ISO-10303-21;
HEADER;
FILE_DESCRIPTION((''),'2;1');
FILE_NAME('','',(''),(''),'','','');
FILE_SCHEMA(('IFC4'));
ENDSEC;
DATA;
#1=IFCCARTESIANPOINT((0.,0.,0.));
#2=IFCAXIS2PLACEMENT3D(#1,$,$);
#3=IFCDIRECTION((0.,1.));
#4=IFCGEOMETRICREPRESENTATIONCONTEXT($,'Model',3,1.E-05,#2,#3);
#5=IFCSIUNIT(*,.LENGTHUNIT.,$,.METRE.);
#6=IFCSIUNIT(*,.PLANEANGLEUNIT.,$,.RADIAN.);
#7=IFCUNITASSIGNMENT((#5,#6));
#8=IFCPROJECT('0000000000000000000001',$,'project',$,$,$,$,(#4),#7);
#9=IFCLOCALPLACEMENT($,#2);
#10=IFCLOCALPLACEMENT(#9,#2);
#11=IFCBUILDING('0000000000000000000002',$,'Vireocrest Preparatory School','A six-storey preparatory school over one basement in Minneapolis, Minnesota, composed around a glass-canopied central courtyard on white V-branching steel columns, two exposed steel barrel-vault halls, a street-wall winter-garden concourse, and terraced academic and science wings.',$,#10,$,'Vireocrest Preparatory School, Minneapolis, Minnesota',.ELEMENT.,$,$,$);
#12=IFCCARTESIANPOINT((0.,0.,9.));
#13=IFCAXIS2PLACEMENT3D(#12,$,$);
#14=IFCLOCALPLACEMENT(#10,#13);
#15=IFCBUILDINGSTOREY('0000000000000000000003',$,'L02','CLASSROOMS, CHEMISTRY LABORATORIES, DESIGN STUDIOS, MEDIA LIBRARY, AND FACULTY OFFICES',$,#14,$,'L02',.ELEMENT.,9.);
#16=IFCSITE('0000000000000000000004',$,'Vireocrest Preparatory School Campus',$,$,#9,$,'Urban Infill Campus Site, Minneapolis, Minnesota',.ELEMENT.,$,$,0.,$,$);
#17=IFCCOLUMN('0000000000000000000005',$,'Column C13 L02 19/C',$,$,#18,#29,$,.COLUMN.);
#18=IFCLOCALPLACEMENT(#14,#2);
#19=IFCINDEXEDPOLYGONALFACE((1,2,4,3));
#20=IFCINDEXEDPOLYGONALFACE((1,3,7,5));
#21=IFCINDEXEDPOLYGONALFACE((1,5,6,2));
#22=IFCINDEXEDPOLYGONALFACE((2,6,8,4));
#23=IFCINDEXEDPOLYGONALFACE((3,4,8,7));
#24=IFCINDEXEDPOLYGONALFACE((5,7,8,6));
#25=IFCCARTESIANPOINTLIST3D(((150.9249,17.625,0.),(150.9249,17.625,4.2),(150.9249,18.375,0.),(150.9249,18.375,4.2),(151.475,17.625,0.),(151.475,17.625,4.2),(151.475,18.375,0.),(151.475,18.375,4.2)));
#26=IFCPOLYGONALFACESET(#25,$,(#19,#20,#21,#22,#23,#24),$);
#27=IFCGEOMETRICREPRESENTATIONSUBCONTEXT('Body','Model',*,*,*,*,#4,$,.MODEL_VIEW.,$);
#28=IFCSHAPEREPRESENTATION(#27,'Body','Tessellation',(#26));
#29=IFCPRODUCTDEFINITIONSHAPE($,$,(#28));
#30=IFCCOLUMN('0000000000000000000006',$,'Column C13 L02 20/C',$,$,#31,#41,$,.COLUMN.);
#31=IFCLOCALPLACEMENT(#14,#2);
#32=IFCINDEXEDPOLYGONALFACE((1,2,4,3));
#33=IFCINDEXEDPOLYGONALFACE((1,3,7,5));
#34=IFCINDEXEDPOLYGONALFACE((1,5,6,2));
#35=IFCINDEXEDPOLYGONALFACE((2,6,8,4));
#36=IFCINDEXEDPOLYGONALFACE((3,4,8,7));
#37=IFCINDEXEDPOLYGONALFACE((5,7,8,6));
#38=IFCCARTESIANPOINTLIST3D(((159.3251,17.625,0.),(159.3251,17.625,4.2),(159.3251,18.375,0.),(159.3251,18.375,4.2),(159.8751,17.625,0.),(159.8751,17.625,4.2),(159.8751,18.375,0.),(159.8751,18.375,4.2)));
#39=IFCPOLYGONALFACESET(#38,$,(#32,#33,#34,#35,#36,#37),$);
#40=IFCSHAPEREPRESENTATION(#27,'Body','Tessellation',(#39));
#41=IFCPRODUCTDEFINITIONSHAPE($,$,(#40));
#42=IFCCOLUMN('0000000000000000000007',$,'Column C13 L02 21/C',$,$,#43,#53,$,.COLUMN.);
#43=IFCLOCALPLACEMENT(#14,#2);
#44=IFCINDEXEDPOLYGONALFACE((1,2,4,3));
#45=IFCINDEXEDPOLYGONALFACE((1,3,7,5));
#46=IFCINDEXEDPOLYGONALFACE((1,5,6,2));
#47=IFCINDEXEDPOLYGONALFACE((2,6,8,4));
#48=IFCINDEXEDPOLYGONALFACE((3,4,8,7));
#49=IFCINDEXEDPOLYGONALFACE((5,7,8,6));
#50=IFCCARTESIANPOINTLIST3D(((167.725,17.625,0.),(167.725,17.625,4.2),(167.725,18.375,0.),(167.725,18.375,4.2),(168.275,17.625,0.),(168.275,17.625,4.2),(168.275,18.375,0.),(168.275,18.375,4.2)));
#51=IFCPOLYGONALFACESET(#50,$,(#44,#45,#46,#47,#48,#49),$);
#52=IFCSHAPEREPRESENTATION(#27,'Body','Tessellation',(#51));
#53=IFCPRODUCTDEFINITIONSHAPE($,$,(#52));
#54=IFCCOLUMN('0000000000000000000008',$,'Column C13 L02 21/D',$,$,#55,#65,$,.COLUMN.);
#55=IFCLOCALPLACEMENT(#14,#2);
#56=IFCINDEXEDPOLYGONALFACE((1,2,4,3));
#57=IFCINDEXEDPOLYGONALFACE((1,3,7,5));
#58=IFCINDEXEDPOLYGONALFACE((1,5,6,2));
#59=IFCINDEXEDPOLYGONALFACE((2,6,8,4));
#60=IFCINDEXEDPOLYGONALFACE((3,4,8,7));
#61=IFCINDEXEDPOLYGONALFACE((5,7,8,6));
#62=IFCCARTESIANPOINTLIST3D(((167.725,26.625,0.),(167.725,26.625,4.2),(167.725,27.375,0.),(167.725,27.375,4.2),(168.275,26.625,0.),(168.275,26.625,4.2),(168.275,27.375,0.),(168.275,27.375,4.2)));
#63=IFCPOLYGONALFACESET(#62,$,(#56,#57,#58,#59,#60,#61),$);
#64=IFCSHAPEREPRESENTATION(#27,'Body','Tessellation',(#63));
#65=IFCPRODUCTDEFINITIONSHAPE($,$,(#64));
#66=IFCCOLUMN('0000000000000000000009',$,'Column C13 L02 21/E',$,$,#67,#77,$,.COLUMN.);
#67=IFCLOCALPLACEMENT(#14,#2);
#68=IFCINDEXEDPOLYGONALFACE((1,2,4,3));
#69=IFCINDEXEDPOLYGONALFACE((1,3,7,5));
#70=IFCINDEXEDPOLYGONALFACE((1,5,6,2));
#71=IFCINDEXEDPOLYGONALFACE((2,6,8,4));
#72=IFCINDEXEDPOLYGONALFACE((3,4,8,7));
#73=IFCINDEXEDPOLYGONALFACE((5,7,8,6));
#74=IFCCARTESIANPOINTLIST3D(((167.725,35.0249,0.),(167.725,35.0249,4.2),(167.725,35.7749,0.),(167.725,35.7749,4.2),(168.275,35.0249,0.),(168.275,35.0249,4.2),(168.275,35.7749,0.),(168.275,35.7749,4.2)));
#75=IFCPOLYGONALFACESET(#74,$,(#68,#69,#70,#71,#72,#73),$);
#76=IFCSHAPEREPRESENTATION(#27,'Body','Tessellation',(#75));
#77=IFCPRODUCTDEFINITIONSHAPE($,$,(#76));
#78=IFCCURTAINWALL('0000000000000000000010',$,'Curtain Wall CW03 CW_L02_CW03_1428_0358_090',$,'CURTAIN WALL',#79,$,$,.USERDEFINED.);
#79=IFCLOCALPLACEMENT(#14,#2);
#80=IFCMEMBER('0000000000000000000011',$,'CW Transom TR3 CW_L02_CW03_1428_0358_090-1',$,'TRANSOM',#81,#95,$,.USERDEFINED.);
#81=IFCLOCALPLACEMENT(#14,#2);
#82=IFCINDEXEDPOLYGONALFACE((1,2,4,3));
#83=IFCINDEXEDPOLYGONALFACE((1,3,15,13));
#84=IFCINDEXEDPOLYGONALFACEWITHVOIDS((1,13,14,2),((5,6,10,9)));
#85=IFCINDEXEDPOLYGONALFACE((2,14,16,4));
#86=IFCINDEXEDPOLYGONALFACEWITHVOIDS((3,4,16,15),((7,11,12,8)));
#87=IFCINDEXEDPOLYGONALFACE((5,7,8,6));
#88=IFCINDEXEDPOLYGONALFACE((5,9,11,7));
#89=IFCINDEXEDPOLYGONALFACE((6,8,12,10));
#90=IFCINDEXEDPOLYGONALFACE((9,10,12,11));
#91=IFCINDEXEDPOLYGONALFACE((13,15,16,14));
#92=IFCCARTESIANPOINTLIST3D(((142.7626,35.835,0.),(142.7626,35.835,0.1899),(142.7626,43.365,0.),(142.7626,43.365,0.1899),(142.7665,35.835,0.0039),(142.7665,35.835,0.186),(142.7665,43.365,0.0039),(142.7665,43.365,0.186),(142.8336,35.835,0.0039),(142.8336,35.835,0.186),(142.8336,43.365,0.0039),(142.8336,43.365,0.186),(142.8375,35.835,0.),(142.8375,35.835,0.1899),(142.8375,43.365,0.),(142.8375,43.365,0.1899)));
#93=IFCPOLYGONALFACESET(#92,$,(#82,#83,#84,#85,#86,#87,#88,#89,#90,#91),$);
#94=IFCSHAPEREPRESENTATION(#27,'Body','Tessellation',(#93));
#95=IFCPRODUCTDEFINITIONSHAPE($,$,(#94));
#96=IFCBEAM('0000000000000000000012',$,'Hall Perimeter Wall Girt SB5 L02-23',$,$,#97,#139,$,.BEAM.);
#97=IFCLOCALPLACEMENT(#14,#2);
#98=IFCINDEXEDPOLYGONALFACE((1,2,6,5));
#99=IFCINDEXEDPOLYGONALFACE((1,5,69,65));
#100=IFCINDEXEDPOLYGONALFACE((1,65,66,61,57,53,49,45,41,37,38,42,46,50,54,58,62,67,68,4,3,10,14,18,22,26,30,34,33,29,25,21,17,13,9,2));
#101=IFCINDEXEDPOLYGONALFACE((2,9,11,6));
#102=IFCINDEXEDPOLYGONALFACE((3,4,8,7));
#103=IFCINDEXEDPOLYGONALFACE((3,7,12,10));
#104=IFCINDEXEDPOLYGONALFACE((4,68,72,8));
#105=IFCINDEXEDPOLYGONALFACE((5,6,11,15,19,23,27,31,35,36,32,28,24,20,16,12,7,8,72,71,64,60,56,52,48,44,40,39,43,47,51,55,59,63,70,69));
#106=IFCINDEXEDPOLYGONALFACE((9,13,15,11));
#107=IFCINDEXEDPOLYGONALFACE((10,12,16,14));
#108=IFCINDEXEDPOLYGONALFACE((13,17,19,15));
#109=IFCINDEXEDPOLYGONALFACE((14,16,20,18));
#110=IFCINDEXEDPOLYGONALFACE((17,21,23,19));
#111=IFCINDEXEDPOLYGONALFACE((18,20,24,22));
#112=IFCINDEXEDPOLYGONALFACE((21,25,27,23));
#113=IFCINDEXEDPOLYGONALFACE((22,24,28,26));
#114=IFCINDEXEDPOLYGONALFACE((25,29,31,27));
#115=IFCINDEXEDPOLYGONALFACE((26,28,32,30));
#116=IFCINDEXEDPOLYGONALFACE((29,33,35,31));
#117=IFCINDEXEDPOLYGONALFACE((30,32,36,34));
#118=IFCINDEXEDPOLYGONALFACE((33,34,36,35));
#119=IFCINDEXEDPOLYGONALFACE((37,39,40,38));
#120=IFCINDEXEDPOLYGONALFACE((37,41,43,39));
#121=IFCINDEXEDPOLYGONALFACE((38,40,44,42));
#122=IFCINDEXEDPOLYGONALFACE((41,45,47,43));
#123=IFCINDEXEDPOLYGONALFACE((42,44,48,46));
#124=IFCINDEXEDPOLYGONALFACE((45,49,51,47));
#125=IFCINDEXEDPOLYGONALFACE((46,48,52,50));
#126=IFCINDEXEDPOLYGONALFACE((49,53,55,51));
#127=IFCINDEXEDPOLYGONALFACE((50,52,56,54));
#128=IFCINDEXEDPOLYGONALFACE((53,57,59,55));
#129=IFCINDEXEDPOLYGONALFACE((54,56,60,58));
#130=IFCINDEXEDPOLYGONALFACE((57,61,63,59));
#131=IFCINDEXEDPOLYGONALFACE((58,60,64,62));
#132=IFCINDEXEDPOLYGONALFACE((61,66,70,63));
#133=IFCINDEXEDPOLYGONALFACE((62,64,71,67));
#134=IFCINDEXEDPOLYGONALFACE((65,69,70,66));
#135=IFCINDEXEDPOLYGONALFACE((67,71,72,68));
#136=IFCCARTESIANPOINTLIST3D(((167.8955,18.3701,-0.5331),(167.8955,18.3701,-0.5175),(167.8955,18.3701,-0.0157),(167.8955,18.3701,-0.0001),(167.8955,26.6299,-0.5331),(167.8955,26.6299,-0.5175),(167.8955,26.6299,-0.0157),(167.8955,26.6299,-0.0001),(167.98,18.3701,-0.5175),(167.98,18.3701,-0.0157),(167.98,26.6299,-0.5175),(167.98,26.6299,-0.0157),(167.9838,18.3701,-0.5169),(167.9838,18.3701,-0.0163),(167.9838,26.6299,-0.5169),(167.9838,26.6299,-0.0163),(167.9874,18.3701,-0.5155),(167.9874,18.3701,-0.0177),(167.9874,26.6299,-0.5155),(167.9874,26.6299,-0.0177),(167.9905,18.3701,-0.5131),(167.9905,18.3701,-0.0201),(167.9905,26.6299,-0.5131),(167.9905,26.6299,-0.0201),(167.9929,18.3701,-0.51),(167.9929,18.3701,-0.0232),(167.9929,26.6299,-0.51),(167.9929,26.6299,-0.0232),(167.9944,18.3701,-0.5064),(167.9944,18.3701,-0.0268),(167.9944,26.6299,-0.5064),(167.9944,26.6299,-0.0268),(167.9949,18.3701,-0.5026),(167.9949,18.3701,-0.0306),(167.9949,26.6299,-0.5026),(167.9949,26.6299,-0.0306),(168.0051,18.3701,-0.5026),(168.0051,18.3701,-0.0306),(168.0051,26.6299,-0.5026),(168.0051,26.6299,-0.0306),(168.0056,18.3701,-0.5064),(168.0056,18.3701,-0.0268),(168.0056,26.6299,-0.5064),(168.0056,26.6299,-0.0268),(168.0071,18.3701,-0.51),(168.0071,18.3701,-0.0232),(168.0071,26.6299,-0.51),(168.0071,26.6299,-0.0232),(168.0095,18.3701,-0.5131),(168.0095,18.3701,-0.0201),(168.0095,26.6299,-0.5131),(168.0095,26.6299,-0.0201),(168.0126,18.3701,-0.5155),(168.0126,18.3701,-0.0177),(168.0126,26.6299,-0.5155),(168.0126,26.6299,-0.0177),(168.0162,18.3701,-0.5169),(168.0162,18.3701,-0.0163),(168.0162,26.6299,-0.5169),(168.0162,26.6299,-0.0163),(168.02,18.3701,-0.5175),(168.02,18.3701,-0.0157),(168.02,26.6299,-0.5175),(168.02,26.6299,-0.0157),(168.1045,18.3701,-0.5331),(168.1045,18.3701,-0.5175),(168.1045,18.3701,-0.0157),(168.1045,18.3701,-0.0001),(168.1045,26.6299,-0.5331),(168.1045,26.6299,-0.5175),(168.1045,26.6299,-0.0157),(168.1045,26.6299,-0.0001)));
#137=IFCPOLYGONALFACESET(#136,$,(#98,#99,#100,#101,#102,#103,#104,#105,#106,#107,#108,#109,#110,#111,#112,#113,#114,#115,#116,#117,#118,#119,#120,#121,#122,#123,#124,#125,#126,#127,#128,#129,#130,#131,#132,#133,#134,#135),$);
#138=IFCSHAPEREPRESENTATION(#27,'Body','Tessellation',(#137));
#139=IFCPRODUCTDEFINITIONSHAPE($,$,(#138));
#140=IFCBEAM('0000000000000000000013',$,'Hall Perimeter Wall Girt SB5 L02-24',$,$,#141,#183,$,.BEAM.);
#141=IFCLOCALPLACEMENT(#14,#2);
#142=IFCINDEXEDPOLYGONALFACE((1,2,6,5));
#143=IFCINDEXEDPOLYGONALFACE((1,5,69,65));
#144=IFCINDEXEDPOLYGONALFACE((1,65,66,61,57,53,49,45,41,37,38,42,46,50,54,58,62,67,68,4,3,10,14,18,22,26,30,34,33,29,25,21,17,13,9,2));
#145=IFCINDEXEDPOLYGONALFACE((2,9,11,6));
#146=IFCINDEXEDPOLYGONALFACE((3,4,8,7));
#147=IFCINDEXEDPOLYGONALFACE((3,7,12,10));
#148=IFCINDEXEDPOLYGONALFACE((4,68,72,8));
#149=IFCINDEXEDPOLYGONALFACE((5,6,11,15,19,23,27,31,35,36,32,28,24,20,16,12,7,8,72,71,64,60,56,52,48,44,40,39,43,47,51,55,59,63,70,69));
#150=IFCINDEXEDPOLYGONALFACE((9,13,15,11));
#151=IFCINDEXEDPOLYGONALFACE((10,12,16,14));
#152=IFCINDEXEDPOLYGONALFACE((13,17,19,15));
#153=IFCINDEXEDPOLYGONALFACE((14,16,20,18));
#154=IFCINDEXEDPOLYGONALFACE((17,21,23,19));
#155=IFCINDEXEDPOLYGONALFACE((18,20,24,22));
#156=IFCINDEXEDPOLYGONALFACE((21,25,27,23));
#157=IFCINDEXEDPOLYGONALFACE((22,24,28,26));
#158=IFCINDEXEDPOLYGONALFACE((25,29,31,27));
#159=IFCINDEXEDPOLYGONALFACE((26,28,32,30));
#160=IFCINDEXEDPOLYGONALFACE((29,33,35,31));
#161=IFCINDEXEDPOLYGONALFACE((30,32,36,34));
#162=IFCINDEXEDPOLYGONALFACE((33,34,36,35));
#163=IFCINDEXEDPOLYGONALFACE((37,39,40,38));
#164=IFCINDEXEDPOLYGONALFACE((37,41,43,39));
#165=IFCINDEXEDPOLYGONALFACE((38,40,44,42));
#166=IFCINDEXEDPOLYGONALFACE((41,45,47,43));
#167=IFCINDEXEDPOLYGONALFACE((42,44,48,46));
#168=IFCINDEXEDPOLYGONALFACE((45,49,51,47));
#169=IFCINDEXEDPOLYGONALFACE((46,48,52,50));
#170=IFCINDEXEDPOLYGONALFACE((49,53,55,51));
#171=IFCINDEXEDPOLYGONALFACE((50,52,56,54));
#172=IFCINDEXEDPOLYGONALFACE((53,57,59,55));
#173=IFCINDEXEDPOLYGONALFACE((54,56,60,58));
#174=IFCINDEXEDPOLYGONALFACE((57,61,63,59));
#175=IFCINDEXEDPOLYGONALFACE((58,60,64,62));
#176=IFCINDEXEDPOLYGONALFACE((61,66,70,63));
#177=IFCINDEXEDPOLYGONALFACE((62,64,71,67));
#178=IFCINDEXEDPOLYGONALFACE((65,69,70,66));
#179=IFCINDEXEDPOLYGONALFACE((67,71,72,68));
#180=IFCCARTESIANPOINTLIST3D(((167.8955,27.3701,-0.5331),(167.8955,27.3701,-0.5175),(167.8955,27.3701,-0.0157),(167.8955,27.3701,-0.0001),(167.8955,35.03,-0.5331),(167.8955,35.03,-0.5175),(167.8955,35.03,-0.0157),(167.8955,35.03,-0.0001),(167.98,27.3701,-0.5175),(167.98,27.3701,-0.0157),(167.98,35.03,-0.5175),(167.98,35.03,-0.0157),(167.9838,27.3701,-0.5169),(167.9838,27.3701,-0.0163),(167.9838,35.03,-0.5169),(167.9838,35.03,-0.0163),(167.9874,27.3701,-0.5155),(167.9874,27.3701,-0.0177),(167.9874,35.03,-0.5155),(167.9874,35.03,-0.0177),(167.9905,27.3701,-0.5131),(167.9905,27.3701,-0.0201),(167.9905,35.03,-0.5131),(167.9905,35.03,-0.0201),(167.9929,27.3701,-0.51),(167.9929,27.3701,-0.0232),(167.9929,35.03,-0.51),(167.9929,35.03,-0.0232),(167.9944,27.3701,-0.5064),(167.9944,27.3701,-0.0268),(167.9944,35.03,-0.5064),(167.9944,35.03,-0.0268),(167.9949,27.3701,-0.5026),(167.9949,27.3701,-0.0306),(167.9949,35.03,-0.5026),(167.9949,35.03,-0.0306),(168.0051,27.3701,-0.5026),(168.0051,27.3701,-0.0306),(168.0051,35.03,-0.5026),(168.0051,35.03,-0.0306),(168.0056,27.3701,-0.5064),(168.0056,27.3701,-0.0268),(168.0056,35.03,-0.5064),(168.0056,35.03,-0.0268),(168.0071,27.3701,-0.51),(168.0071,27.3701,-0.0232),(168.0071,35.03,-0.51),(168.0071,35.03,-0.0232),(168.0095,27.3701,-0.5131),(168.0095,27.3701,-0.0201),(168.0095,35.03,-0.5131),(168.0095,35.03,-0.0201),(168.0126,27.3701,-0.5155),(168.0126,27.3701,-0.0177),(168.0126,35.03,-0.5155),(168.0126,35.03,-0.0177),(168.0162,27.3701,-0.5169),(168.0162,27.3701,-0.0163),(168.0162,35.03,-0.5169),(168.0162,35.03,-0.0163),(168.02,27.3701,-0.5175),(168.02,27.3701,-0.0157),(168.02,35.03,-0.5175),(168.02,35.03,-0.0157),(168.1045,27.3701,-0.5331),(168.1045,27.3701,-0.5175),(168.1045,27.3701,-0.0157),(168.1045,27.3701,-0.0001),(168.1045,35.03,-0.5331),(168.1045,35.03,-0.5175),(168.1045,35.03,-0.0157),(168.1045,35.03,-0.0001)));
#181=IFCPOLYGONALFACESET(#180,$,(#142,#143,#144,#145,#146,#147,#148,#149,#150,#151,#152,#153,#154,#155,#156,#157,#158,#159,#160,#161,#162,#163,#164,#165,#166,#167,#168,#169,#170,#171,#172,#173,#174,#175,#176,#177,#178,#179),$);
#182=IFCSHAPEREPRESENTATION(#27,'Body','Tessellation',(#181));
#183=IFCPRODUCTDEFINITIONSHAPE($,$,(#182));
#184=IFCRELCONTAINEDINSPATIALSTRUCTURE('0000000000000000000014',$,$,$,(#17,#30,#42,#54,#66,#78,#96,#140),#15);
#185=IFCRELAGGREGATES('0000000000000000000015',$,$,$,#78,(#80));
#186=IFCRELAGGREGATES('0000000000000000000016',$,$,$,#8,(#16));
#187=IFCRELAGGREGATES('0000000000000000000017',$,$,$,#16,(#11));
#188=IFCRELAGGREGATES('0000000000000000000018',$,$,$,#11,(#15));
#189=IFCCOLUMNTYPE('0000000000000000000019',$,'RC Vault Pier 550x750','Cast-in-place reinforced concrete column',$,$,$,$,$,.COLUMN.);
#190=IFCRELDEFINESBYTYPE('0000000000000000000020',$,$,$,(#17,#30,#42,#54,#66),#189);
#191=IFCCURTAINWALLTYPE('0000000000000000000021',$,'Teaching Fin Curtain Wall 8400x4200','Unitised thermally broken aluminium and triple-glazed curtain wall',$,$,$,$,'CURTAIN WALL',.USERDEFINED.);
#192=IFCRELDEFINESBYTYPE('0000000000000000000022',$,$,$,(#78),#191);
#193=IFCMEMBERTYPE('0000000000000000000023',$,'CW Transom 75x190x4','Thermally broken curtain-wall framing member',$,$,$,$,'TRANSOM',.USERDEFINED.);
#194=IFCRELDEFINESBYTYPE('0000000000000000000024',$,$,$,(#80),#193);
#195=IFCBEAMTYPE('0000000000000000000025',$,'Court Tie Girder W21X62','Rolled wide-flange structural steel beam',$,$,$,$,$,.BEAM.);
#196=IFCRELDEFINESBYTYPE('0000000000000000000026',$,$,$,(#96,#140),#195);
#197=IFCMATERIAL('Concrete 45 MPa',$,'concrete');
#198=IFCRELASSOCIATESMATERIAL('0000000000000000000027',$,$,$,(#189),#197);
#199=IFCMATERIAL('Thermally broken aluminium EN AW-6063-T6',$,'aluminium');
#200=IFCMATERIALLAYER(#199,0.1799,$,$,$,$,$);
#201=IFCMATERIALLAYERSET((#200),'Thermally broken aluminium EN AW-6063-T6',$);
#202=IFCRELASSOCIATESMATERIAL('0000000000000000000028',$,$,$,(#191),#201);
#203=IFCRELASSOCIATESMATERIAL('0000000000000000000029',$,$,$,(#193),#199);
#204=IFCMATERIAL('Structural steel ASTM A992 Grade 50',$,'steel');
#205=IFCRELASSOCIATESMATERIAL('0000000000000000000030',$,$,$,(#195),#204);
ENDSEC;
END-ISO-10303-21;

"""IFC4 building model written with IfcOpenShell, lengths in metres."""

from ifc_helpers import new_model, si_unit, direction, frame, origin, origin_2d, place, context, subcontext, project, spatial, rectangle, hollow_rectangle, i_section, extrude, material, layer, layer_set, material_profile, profile_set, type_object, element, aggregate, save


model = new_model("IFC4")

# Units and contexts
model_context = context("Model", 3, precision=1e-05, world=origin(), true_north=direction((0.0, 1.0)))
body_context = subcontext(model_context, "Body", "Model", "MODEL_VIEW")
ifc_project = project(units=[si_unit("LENGTHUNIT", "METRE"), si_unit("PLANEANGLEUNIT", "RADIAN")], contexts=[model_context])

# Site, building, storey
site_placement = place(None, origin())
site = spatial("IfcSite", under=ifc_project, at=site_placement, Name="Vireocrest Preparatory School Campus", LongName="Urban Infill Campus Site, Minneapolis, Minnesota", CompositionType="ELEMENT", RefElevation=0.0)
building_placement = place(site_placement, origin())
building = spatial("IfcBuilding", under=site, at=building_placement, Name="Vireocrest Preparatory School", Description="A six-storey preparatory school over one basement in Minneapolis, Minnesota, composed around a glass-canopied central courtyard on white V-branching steel columns, two exposed steel barrel-vault halls, a street-wall winter-garden concourse, and terraced academic and science wings.", LongName="Vireocrest Preparatory School, Minneapolis, Minnesota", CompositionType="ELEMENT")
storey_placement = place(building_placement, frame((0.0, 0.0, 9.0)))
storey = spatial("IfcBuildingStorey", under=building, at=storey_placement, Name="L02", Description="CLASSROOMS, CHEMISTRY LABORATORIES, DESIGN STUDIOS, MEDIA LIBRARY, AND FACULTY OFFICES", LongName="L02", CompositionType="ELEMENT", Elevation=9.0)

# Columns
ifc_material_1 = material(Name="Concrete 45 MPa", Category="concrete")
ifc_material_profile_1 = material_profile(ifc_material_1, rectangle(XDim=0.55, YDim=0.75, at=origin_2d()), Name="RC 550x750")
ifc_profile_set_1 = profile_set([ifc_material_profile_1], Name="Concrete 45 MPa")
column_type = type_object("IfcColumnType", Name="RC Vault Pier 550x750", Description="Cast-in-place reinforced concrete column", PredefinedType="COLUMN", material=ifc_profile_set_1)
for number, where, z_axis, x_axis, name in (
    (1, (151.2, 18.0, 0.0), (0.0, 0.0, 1.0), (1.0, 0.0, 0.0), "Column C13 L02 19/C"),
    (2, (159.6001, 18.0, 0.0), (0.0, 0.0, 1.0), (1.0, 0.0, 0.0), "Column C13 L02 20/C"),
    (3, (168.0, 18.0, 0.0), (0.0, 0.0, 1.0), (1.0, 0.0, 0.0), "Column C13 L02 21/C"),
    (4, (168.0, 27.0, 0.0), (0.0, 0.0, 1.0), (1.0, 0.0, 0.0), "Column C13 L02 21/D"),
    (5, (168.0, 35.3999, 0.0), (0.0, 0.0, 1.0), (1.0, 0.0, 0.0), "Column C13 L02 21/E"),
):
    element("IfcColumn", number, at=place(storey_placement, frame(where, z_axis=z_axis, x_axis=x_axis)), inside=storey, type_object=column_type, Name=name, PredefinedType="COLUMN", context=body_context, shape_type="SweptSolid", body=[
        extrude(rectangle(XDim=0.55, YDim=0.75, at=origin_2d()), origin(), (0.0, 0.0, 1.0), 4.2),
    ])

# Curtain wall, member
ifc_material_2 = material(Name="Thermally broken aluminium EN AW-6063-T6", Category="aluminium")
ifc_layer_1 = layer(ifc_material_2, 0.1799)
ifc_layer_set_1 = layer_set([ifc_layer_1], Name="Thermally broken aluminium EN AW-6063-T6")
curtain_wall_type = type_object("IfcCurtainWallType", Name="Teaching Fin Curtain Wall 8400x4200", Description="Unitised thermally broken aluminium and triple-glazed curtain wall", ElementType="CURTAIN WALL", PredefinedType="USERDEFINED", material=ifc_layer_set_1)
curtain_wall_placement = place(storey_placement, origin())
curtain_wall = element("IfcCurtainWall", 6, at=curtain_wall_placement, inside=storey, type_object=curtain_wall_type, Name="Curtain Wall CW03 CW_L02_CW03_1428_0358_090", ObjectType="CURTAIN WALL", PredefinedType="USERDEFINED")
ifc_material_profile_2 = material_profile(ifc_material_2, hollow_rectangle(XDim=0.075, YDim=0.1899, WallThickness=0.0039, at=origin_2d()), Name="ALU 75x190x4")
ifc_profile_set_2 = profile_set([ifc_material_profile_2], Name="Thermally broken aluminium EN AW-6063-T6")
member_type = type_object("IfcMemberType", Name="CW Transom 75x190x4", Description="Thermally broken curtain-wall framing member", ElementType="TRANSOM", PredefinedType="USERDEFINED", material=ifc_profile_set_2)
member_placement = place(storey_placement, frame((142.8, 35.835, 0.095), z_axis=(0.0, 1.0, 0.0), x_axis=(-1.0, 0.0, 0.0)))
member = element("IfcMember", 7, at=member_placement, type_object=member_type, Name="CW Transom TR3 CW_L02_CW03_1428_0358_090-1", ObjectType="TRANSOM", PredefinedType="USERDEFINED", context=body_context, shape_type="SweptSolid", body=[
    extrude(hollow_rectangle(XDim=0.075, YDim=0.1899, WallThickness=0.0039, at=origin_2d()), origin(), (0.0, 0.0, 1.0), 7.53),
])
aggregate(curtain_wall, [member])

# Beams
ifc_material_3 = material(Name="Structural steel ASTM A992 Grade 50", Category="steel")
ifc_material_profile_3 = material_profile(ifc_material_3, i_section(OverallWidth=0.209, OverallDepth=0.533, WebThickness=0.0103, FlangeThickness=0.0156, FilletRadius=0.0149, at=origin_2d()), Name="W21X62")
ifc_profile_set_3 = profile_set([ifc_material_profile_3], Name="Structural steel ASTM A992 Grade 50")
beam_type = type_object("IfcBeamType", Name="Court Tie Girder W21X62", Description="Rolled wide-flange structural steel beam", PredefinedType="BEAM", material=ifc_profile_set_3)
beam_1_placement = place(storey_placement, frame((168.0, 18.3701, -0.2666), z_axis=(0.0, 1.0, 0.0), x_axis=(-1.0, 0.0, 0.0)))
element("IfcBeam", 8, at=beam_1_placement, inside=storey, type_object=beam_type, Name="Hall Perimeter Wall Girt SB5 L02-23", PredefinedType="BEAM", context=body_context, shape_type="SweptSolid", body=[
    extrude(i_section(OverallWidth=0.209, OverallDepth=0.533, WebThickness=0.0103, FlangeThickness=0.0156, FilletRadius=0.0149, at=origin_2d()), origin(), (0.0, 0.0, 1.0), 8.2598),
])
for number, where, z_axis, x_axis, name in (
    (9, (168.0, 27.3701, -0.2666), (0.0, 1.0, 0.0), (-1.0, 0.0, 0.0), "Hall Perimeter Wall Girt SB5 L02-24"),
):
    element("IfcBeam", number, at=place(storey_placement, frame(where, z_axis=z_axis, x_axis=x_axis)), inside=storey, type_object=beam_type, Name=name, PredefinedType="BEAM", context=body_context, shape_type="SweptSolid", body=[
        extrude(i_section(OverallWidth=0.209, OverallDepth=0.533, WebThickness=0.0103, FlangeThickness=0.0156, FilletRadius=0.0149, at=origin_2d()), origin(), (0.0, 0.0, 1.0), 7.6599),
    ])

save(model, "model.ifc")
